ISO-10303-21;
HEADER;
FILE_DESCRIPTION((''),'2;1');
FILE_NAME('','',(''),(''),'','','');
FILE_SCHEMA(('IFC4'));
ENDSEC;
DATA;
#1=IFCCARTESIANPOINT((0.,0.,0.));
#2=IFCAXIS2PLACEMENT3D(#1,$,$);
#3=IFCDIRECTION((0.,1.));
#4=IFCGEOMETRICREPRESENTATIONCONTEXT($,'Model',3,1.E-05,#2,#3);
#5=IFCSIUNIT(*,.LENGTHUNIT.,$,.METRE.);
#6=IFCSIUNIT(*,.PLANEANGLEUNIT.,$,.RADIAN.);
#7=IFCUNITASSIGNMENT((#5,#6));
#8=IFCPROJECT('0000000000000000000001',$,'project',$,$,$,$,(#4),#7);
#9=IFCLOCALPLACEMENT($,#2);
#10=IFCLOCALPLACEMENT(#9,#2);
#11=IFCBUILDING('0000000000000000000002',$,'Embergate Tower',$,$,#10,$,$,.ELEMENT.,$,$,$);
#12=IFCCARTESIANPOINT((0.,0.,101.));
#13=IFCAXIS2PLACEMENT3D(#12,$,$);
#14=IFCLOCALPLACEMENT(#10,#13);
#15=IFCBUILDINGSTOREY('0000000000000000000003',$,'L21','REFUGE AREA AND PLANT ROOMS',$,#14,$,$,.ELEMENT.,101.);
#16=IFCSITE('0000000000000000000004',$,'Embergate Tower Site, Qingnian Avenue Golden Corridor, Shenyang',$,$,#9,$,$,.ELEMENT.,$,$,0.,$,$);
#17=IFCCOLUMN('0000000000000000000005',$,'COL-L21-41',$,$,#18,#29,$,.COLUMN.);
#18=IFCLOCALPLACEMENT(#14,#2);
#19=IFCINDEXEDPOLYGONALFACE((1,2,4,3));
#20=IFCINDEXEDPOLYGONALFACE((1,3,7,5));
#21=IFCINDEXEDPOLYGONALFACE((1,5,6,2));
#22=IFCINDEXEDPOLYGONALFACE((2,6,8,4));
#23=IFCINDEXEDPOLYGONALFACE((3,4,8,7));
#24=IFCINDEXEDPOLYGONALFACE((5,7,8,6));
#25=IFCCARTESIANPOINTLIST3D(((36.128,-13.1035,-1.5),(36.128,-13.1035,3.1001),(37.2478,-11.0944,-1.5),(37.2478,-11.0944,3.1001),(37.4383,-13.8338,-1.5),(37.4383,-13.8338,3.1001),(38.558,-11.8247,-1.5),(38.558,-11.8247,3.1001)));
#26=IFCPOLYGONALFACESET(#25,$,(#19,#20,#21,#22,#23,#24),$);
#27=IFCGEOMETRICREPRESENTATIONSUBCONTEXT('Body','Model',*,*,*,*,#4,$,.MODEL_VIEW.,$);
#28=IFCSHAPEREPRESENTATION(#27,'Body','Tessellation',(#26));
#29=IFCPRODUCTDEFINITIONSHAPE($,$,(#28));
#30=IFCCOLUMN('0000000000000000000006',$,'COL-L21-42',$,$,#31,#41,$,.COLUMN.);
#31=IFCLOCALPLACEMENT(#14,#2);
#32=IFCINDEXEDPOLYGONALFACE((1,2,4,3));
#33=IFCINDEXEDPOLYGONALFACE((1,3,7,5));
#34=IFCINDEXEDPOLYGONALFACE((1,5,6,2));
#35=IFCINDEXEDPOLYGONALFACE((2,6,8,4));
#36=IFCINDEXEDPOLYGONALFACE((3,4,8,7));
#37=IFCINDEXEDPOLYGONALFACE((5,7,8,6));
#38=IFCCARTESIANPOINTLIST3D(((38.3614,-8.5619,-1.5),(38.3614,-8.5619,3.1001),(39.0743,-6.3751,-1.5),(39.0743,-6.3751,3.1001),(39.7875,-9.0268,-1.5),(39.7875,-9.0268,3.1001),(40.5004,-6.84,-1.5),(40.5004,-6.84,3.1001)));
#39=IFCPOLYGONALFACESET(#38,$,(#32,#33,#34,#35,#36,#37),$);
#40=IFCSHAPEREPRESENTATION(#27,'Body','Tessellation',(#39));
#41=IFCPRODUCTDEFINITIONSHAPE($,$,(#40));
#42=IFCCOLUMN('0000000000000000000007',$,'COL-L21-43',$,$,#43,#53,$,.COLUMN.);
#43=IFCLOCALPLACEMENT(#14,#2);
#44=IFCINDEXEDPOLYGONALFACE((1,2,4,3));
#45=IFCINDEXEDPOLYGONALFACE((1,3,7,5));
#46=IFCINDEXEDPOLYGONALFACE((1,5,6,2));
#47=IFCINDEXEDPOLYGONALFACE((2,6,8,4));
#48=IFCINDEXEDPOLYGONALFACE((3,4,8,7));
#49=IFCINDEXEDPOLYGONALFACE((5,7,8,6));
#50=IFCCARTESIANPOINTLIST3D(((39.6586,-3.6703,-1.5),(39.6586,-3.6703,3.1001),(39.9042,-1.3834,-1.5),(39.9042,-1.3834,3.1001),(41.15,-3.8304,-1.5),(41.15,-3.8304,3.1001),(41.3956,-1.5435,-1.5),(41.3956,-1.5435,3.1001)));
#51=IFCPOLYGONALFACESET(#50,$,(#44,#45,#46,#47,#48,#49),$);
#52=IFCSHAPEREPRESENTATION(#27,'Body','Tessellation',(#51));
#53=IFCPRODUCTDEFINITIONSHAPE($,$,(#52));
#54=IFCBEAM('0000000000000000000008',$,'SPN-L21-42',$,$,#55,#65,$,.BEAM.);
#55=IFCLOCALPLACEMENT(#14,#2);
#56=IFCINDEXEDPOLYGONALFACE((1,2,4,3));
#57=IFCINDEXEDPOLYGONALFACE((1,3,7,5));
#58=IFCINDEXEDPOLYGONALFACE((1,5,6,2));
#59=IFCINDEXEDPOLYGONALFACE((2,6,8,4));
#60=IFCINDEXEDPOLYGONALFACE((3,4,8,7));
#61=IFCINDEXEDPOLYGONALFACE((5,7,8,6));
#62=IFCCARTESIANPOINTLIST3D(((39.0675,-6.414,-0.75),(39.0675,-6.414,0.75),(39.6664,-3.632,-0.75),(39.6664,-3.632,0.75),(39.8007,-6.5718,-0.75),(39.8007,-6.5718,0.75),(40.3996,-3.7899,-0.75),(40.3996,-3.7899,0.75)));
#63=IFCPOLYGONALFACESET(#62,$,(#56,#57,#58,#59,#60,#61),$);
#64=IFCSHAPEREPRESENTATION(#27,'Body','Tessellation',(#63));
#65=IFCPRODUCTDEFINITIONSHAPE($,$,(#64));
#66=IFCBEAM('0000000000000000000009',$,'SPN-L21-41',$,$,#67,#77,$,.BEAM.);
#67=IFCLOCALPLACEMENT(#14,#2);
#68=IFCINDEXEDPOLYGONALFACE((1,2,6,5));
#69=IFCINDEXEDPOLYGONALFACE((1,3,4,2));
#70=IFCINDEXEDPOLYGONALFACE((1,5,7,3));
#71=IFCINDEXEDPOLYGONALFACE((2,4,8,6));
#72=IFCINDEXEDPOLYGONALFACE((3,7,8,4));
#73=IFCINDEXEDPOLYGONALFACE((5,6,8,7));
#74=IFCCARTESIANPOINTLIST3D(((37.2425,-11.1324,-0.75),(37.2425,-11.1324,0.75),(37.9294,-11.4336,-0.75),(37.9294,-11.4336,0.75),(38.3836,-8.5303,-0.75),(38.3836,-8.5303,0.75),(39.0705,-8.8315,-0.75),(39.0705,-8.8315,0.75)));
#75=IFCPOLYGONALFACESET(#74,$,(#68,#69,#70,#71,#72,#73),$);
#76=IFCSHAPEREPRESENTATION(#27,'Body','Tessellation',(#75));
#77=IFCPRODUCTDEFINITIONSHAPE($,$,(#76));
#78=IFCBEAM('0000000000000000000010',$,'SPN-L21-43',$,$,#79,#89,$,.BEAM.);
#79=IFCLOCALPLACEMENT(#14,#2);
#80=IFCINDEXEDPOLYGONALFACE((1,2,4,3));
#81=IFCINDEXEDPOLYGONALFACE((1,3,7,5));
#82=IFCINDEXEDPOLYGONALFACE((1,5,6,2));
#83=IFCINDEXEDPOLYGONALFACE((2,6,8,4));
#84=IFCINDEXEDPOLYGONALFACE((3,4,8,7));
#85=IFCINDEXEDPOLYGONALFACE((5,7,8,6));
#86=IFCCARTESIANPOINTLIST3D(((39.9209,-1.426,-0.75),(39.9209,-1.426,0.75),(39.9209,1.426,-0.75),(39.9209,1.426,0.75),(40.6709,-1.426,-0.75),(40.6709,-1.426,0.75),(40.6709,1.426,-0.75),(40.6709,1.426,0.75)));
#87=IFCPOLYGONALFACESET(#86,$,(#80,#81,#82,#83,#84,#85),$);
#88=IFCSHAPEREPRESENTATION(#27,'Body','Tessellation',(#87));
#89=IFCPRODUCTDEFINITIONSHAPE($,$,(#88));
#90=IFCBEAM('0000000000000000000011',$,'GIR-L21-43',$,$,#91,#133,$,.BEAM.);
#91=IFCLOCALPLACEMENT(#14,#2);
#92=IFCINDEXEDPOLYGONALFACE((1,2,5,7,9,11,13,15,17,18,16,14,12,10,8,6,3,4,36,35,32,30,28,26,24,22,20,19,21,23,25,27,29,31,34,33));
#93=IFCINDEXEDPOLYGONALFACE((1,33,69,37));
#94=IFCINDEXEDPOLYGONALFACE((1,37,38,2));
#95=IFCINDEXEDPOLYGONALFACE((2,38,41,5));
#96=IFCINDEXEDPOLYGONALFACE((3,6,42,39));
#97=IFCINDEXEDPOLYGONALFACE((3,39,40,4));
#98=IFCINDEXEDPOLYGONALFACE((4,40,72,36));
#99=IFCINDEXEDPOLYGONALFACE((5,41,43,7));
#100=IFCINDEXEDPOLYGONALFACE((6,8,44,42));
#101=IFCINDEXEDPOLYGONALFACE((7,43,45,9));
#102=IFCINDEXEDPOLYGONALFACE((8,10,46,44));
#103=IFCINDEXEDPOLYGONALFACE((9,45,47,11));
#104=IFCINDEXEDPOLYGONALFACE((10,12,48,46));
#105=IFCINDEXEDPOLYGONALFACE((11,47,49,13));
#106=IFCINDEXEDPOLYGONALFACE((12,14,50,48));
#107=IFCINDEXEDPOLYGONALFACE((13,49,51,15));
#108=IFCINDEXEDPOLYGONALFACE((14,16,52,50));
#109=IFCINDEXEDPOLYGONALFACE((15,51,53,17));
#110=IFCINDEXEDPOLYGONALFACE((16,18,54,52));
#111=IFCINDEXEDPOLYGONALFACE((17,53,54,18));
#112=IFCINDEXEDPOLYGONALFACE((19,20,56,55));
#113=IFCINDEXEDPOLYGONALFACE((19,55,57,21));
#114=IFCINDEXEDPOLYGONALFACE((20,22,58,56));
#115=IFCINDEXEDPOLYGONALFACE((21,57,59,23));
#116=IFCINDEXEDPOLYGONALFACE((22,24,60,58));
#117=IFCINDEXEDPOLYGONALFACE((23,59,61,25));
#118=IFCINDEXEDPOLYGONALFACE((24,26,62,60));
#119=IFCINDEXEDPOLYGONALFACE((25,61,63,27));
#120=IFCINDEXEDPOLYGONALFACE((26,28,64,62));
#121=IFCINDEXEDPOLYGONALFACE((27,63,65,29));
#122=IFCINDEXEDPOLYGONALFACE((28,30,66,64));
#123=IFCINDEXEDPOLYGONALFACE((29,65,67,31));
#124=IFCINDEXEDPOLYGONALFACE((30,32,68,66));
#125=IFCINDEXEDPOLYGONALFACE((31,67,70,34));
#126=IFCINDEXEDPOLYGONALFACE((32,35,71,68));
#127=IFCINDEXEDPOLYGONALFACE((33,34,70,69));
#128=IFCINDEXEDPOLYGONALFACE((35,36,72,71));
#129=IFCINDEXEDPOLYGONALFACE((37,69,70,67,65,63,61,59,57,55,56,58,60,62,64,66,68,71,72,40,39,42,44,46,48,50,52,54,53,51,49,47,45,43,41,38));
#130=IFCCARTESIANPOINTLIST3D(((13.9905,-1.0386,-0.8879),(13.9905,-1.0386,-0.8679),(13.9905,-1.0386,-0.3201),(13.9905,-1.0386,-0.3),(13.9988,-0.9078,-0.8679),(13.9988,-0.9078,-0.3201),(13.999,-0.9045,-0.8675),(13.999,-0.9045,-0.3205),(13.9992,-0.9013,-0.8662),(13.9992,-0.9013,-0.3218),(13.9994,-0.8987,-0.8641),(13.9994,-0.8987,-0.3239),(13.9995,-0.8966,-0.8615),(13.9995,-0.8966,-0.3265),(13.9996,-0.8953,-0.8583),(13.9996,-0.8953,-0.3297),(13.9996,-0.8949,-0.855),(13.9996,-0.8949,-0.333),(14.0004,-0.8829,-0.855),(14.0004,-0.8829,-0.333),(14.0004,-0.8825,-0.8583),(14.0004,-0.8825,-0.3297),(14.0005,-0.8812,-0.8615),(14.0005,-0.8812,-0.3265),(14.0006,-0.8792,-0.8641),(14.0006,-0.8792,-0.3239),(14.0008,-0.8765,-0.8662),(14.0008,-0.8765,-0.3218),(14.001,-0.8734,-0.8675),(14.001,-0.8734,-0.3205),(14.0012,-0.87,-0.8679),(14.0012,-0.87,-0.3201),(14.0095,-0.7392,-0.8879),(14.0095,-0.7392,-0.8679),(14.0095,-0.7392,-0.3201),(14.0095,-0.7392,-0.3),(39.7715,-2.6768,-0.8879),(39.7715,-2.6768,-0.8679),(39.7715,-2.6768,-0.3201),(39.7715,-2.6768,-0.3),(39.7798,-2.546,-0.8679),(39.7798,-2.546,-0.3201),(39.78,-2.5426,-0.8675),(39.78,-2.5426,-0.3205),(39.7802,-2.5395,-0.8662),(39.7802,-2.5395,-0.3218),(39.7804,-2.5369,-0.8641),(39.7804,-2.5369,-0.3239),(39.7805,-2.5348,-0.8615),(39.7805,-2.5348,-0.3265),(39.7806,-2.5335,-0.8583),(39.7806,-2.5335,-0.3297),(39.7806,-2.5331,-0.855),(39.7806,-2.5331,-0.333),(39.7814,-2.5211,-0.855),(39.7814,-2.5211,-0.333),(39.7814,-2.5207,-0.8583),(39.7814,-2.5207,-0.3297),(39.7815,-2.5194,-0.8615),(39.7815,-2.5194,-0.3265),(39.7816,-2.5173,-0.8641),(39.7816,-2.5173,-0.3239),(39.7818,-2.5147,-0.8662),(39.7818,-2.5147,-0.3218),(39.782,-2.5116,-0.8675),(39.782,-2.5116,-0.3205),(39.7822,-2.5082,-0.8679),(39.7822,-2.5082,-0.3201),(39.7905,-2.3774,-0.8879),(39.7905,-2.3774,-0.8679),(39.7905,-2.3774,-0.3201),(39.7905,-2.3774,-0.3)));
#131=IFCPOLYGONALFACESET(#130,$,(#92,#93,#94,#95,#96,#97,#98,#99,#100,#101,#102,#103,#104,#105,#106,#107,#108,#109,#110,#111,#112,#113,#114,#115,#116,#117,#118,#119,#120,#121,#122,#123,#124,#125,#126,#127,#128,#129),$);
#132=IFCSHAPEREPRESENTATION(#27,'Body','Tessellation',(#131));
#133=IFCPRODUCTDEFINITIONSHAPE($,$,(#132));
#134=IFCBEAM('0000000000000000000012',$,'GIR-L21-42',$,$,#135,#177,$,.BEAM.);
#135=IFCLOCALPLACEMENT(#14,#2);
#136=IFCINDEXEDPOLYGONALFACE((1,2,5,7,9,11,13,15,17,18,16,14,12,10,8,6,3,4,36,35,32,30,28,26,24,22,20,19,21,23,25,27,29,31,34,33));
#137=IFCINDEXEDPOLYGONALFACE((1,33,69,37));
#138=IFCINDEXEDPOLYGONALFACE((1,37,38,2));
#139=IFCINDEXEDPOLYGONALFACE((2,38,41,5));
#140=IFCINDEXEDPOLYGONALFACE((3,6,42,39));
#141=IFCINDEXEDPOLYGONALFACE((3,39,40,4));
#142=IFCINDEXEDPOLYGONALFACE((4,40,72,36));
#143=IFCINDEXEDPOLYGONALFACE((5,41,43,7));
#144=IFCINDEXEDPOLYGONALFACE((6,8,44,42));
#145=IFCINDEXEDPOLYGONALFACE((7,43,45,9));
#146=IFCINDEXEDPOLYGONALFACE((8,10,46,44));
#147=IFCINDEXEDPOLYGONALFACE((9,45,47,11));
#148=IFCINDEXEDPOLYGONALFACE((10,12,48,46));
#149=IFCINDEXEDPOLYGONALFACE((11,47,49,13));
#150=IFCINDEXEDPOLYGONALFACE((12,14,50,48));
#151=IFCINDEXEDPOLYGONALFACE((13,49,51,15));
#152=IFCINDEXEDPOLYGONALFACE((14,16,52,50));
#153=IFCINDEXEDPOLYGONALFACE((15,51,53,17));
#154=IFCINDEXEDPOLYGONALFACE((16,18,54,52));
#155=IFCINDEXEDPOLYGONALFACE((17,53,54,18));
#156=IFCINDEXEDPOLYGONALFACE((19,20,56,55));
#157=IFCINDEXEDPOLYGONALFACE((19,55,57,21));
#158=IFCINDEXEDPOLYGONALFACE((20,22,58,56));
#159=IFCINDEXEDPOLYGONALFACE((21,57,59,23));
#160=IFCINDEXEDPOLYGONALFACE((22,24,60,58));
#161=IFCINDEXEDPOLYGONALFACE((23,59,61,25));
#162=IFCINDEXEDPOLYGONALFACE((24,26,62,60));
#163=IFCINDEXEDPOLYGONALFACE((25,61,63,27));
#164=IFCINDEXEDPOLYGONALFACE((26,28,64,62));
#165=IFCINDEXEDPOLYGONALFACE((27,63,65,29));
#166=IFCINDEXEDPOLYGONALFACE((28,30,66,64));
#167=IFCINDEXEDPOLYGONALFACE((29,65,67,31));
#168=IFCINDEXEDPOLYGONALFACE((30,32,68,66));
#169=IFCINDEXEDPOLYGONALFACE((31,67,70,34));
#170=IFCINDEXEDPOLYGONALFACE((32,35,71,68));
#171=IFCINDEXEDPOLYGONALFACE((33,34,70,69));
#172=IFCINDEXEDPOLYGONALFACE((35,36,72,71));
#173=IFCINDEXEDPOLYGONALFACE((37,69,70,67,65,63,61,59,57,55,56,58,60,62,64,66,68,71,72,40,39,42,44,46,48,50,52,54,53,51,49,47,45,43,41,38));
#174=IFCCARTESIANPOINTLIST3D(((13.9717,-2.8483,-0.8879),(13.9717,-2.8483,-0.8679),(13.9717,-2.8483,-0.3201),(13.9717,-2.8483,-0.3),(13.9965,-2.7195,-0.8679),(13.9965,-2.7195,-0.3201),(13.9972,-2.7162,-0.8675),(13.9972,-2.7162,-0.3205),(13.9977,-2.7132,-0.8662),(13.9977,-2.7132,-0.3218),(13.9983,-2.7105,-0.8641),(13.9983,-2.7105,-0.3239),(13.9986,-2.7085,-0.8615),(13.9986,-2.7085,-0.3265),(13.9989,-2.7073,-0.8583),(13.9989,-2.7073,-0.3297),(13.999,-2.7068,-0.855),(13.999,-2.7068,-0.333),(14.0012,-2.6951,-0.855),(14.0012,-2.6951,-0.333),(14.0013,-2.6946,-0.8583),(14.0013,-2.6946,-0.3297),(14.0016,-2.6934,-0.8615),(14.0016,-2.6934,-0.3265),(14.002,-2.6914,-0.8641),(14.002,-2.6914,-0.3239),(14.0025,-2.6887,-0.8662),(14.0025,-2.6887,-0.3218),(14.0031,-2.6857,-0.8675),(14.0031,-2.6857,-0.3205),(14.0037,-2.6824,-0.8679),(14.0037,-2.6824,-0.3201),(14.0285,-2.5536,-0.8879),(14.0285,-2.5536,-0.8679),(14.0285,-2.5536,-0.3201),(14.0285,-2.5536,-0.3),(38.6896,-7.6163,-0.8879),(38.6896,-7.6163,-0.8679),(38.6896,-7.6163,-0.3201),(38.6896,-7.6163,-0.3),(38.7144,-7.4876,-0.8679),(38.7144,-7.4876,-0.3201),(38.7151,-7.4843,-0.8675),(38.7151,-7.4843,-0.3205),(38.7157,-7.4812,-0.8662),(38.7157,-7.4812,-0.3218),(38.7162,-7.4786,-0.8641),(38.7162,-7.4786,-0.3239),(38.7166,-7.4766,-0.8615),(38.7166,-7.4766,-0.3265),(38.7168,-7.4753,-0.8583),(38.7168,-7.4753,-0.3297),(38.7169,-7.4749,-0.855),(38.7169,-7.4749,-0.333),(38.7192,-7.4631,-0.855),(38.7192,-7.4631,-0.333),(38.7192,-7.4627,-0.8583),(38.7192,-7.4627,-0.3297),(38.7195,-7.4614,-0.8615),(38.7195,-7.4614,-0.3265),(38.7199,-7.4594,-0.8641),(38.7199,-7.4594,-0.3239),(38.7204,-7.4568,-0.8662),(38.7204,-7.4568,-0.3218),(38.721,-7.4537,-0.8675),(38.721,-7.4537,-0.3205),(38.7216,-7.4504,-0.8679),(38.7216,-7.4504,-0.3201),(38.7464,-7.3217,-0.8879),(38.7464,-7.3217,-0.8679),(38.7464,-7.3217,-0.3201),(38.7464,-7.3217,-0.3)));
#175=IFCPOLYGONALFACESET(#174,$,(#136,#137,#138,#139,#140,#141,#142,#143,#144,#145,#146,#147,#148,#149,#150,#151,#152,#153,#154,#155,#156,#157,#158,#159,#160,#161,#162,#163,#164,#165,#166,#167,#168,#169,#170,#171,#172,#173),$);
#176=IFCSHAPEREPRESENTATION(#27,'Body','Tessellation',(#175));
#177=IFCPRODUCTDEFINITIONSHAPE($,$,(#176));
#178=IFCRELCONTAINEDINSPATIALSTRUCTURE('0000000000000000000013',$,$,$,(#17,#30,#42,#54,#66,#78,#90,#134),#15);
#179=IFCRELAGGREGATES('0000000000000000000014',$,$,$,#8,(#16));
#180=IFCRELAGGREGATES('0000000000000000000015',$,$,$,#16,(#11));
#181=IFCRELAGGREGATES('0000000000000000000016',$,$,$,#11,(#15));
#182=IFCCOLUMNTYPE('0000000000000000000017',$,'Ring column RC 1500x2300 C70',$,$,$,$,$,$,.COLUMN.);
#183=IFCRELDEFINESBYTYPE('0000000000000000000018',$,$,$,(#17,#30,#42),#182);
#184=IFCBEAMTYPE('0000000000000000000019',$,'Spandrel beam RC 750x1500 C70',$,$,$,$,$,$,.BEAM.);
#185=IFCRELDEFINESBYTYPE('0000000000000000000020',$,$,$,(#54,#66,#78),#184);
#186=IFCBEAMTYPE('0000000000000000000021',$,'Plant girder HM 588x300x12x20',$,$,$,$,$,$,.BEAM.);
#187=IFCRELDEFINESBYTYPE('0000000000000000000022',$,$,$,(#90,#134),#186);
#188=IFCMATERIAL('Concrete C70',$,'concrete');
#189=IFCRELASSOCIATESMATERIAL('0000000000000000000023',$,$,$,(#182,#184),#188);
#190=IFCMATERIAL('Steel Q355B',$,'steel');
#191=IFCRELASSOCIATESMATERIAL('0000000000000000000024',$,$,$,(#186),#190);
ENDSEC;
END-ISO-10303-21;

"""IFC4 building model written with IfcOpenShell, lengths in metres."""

from ifc_helpers import new_model, si_unit, direction, frame, origin, origin_2d, place, context, subcontext, project, spatial, rectangle, i_section, extrude, source, transform, mapped, material, material_profile, profile_set, type_object, element, save


model = new_model("IFC4")

# Units and contexts
model_context = context("Model", 3, precision=1e-05, world=origin(), true_north=direction((0.0, 1.0)))
body_context = subcontext(model_context, "Body", "Model", "MODEL_VIEW")
ifc_project = project(units=[si_unit("LENGTHUNIT", "METRE"), si_unit("PLANEANGLEUNIT", "RADIAN")], contexts=[model_context])

# Site, building, storey
site_placement = place(None, origin())
site = spatial("IfcSite", under=ifc_project, at=site_placement, Name="Embergate Tower Site, Qingnian Avenue Golden Corridor, Shenyang", CompositionType="ELEMENT", RefElevation=0.0)
building_placement = place(site_placement, origin())
building = spatial("IfcBuilding", under=site, at=building_placement, Name="Embergate Tower", CompositionType="ELEMENT")
storey_placement = place(building_placement, frame((0.0, 0.0, 101.0)))
storey = spatial("IfcBuildingStorey", under=building, at=storey_placement, Name="L21", Description="REFUGE AREA AND PLANT ROOMS", CompositionType="ELEMENT", Elevation=101.0)

# Columns
ifc_material_1 = material(Name="Concrete C70", Category="concrete")
ifc_material_profile_1 = material_profile(ifc_material_1, rectangle(XDim=1.5, YDim=2.3, at=origin_2d()), Name="RC 1500x2300")
ifc_profile_set_1 = profile_set([ifc_material_profile_1], Name="Concrete C70")
column_type = type_object("IfcColumnType", Name="Ring column RC 1500x2300 C70", PredefinedType="COLUMN", material=ifc_profile_set_1)
shared_shape_1 = source(origin(), body_context, "Body", "SweptSolid", [
    extrude(rectangle(XDim=1.5, YDim=2.3, at=origin_2d()), origin(), (0.0, 0.0, 1.0), 4.6001),
])
for number, where, z_axis, x_axis, name in (
    (1, (37.343, -12.4641, -1.5), (0.0, 0.0, 1.0), (0.8735, -0.486823, 0.0), "COL-L21-41"),
    (2, (39.4309, -7.7009, -1.5), (0.0, 0.0, 1.0), (0.950754, -0.309946, 0.0), "COL-L21-42"),
    (3, (40.5271, -2.6069, -1.5), (0.0, 0.0, 1.0), (0.994286, -0.10675, 0.0), "COL-L21-43"),
):
    element("IfcColumn", number, at=place(storey_placement, frame(where, z_axis=z_axis, x_axis=x_axis)), inside=storey, type_object=column_type, Name=name, PredefinedType="COLUMN", context=body_context, shape_type="MappedRepresentation", body=[
        mapped(shared_shape_1, transform((0.0, 0.0, 0.0))),
    ])

# Beams
ifc_material_profile_2 = material_profile(ifc_material_1, rectangle(XDim=0.75, YDim=1.5, at=origin_2d()), Name="RC 750x1500")
ifc_profile_set_2 = profile_set([ifc_material_profile_2], Name="Concrete C70")
beam_type_1 = type_object("IfcBeamType", Name="Spandrel beam RC 750x1500 C70", PredefinedType="BEAM", material=ifc_profile_set_2)
shared_shape_2 = source(origin(), body_context, "Body", "SweptSolid", [
    extrude(rectangle(XDim=0.75, YDim=1.5, at=origin_2d()), origin(), (0.0, 0.0, 1.0), 2.8457),
])
beam_1_placement = place(storey_placement, frame((39.4341, -6.4929, 0.0), z_axis=(0.210449, 0.977605, 0.0), x_axis=(-0.977605, 0.210449, 0.0)))
element("IfcBeam", 4, at=beam_1_placement, inside=storey, type_object=beam_type_1, Name="SPN-L21-42", PredefinedType="BEAM", context=body_context, shape_type="MappedRepresentation", body=[
    mapped(shared_shape_2, transform((0.0, 0.0, 0.0))),
])
shared_shape_3 = source(origin(), body_context, "Body", "SweptSolid", [
    extrude(rectangle(XDim=0.75, YDim=1.5, at=origin_2d()), origin(), (0.0, 0.0, 1.0), 2.8413),
])
beam_2_placement = place(storey_placement, frame((37.5859, -11.283, 0.0), z_axis=(0.401621, 0.915806, 0.0), x_axis=(-0.915806, 0.401621, 0.0)))
element("IfcBeam", 5, at=beam_2_placement, inside=storey, type_object=beam_type_1, Name="SPN-L21-41", PredefinedType="BEAM", context=body_context, shape_type="MappedRepresentation", body=[
    mapped(shared_shape_3, transform((0.0, 0.0, 0.0))),
])
shared_shape_4 = source(origin(), body_context, "Body", "SweptSolid", [
    extrude(rectangle(XDim=0.75, YDim=1.5, at=origin_2d()), origin(), (0.0, 0.0, 1.0), 2.8521),
])
beam_3_placement = place(storey_placement, frame((40.2959, -1.426, 0.0), z_axis=(0.0, 1.0, 0.0), x_axis=(-1.0, 0.0, 0.0)))
element("IfcBeam", 6, at=beam_3_placement, inside=storey, type_object=beam_type_1, Name="SPN-L21-43", PredefinedType="BEAM", context=body_context, shape_type="MappedRepresentation", body=[
    mapped(shared_shape_4, transform((0.0, 0.0, 0.0))),
])
ifc_material_2 = material(Name="Steel Q355B", Category="steel")
ifc_material_profile_3 = material_profile(ifc_material_2, i_section(OverallWidth=0.3, OverallDepth=0.5879, WebThickness=0.012, FlangeThickness=0.02, FilletRadius=0.0129, at=origin_2d()), Name="HM 588x300x12x20")
ifc_profile_set_3 = profile_set([ifc_material_profile_3], Name="Steel Q355 grade B")
beam_type_2 = type_object("IfcBeamType", Name="Plant girder HM 588x300x12x20", PredefinedType="BEAM", material=ifc_profile_set_3)
shared_shape_5 = source(origin(), body_context, "Body", "SweptSolid", [
    extrude(i_section(OverallWidth=0.3, OverallDepth=0.5879, WebThickness=0.012, FlangeThickness=0.02, FilletRadius=0.0129, at=origin_2d()), origin(), (0.0, 0.0, 1.0), 25.833),
])
beam_4_placement = place(storey_placement, frame((39.781, -2.5271, -0.594), z_axis=(-0.997987, 0.063414, 0.0), x_axis=(-0.063414, -0.997987, 0.0)))
element("IfcBeam", 7, at=beam_4_placement, inside=storey, type_object=beam_type_2, Name="GIR-L21-43", PredefinedType="BEAM", context=body_context, shape_type="MappedRepresentation", body=[
    mapped(shared_shape_5, transform((0.0, 0.0, 0.0))),
])
shared_shape_6 = source(origin(), body_context, "Body", "SweptSolid", [
    extrude(i_section(OverallWidth=0.3, OverallDepth=0.5879, WebThickness=0.012, FlangeThickness=0.02, FilletRadius=0.0129, at=origin_2d()), origin(), (0.0, 0.0, 1.0), 25.1736),
])
beam_5_placement = place(storey_placement, frame((38.718, -7.469, -0.594), z_axis=(-0.981899, 0.189407, 0.0), x_axis=(-0.189407, -0.981899, 0.0)))
element("IfcBeam", 8, at=beam_5_placement, inside=storey, type_object=beam_type_2, Name="GIR-L21-42", PredefinedType="BEAM", context=body_context, shape_type="MappedRepresentation", body=[
    mapped(shared_shape_6, transform((0.0, 0.0, 0.0))),
])

save(model, "model.ifc")
